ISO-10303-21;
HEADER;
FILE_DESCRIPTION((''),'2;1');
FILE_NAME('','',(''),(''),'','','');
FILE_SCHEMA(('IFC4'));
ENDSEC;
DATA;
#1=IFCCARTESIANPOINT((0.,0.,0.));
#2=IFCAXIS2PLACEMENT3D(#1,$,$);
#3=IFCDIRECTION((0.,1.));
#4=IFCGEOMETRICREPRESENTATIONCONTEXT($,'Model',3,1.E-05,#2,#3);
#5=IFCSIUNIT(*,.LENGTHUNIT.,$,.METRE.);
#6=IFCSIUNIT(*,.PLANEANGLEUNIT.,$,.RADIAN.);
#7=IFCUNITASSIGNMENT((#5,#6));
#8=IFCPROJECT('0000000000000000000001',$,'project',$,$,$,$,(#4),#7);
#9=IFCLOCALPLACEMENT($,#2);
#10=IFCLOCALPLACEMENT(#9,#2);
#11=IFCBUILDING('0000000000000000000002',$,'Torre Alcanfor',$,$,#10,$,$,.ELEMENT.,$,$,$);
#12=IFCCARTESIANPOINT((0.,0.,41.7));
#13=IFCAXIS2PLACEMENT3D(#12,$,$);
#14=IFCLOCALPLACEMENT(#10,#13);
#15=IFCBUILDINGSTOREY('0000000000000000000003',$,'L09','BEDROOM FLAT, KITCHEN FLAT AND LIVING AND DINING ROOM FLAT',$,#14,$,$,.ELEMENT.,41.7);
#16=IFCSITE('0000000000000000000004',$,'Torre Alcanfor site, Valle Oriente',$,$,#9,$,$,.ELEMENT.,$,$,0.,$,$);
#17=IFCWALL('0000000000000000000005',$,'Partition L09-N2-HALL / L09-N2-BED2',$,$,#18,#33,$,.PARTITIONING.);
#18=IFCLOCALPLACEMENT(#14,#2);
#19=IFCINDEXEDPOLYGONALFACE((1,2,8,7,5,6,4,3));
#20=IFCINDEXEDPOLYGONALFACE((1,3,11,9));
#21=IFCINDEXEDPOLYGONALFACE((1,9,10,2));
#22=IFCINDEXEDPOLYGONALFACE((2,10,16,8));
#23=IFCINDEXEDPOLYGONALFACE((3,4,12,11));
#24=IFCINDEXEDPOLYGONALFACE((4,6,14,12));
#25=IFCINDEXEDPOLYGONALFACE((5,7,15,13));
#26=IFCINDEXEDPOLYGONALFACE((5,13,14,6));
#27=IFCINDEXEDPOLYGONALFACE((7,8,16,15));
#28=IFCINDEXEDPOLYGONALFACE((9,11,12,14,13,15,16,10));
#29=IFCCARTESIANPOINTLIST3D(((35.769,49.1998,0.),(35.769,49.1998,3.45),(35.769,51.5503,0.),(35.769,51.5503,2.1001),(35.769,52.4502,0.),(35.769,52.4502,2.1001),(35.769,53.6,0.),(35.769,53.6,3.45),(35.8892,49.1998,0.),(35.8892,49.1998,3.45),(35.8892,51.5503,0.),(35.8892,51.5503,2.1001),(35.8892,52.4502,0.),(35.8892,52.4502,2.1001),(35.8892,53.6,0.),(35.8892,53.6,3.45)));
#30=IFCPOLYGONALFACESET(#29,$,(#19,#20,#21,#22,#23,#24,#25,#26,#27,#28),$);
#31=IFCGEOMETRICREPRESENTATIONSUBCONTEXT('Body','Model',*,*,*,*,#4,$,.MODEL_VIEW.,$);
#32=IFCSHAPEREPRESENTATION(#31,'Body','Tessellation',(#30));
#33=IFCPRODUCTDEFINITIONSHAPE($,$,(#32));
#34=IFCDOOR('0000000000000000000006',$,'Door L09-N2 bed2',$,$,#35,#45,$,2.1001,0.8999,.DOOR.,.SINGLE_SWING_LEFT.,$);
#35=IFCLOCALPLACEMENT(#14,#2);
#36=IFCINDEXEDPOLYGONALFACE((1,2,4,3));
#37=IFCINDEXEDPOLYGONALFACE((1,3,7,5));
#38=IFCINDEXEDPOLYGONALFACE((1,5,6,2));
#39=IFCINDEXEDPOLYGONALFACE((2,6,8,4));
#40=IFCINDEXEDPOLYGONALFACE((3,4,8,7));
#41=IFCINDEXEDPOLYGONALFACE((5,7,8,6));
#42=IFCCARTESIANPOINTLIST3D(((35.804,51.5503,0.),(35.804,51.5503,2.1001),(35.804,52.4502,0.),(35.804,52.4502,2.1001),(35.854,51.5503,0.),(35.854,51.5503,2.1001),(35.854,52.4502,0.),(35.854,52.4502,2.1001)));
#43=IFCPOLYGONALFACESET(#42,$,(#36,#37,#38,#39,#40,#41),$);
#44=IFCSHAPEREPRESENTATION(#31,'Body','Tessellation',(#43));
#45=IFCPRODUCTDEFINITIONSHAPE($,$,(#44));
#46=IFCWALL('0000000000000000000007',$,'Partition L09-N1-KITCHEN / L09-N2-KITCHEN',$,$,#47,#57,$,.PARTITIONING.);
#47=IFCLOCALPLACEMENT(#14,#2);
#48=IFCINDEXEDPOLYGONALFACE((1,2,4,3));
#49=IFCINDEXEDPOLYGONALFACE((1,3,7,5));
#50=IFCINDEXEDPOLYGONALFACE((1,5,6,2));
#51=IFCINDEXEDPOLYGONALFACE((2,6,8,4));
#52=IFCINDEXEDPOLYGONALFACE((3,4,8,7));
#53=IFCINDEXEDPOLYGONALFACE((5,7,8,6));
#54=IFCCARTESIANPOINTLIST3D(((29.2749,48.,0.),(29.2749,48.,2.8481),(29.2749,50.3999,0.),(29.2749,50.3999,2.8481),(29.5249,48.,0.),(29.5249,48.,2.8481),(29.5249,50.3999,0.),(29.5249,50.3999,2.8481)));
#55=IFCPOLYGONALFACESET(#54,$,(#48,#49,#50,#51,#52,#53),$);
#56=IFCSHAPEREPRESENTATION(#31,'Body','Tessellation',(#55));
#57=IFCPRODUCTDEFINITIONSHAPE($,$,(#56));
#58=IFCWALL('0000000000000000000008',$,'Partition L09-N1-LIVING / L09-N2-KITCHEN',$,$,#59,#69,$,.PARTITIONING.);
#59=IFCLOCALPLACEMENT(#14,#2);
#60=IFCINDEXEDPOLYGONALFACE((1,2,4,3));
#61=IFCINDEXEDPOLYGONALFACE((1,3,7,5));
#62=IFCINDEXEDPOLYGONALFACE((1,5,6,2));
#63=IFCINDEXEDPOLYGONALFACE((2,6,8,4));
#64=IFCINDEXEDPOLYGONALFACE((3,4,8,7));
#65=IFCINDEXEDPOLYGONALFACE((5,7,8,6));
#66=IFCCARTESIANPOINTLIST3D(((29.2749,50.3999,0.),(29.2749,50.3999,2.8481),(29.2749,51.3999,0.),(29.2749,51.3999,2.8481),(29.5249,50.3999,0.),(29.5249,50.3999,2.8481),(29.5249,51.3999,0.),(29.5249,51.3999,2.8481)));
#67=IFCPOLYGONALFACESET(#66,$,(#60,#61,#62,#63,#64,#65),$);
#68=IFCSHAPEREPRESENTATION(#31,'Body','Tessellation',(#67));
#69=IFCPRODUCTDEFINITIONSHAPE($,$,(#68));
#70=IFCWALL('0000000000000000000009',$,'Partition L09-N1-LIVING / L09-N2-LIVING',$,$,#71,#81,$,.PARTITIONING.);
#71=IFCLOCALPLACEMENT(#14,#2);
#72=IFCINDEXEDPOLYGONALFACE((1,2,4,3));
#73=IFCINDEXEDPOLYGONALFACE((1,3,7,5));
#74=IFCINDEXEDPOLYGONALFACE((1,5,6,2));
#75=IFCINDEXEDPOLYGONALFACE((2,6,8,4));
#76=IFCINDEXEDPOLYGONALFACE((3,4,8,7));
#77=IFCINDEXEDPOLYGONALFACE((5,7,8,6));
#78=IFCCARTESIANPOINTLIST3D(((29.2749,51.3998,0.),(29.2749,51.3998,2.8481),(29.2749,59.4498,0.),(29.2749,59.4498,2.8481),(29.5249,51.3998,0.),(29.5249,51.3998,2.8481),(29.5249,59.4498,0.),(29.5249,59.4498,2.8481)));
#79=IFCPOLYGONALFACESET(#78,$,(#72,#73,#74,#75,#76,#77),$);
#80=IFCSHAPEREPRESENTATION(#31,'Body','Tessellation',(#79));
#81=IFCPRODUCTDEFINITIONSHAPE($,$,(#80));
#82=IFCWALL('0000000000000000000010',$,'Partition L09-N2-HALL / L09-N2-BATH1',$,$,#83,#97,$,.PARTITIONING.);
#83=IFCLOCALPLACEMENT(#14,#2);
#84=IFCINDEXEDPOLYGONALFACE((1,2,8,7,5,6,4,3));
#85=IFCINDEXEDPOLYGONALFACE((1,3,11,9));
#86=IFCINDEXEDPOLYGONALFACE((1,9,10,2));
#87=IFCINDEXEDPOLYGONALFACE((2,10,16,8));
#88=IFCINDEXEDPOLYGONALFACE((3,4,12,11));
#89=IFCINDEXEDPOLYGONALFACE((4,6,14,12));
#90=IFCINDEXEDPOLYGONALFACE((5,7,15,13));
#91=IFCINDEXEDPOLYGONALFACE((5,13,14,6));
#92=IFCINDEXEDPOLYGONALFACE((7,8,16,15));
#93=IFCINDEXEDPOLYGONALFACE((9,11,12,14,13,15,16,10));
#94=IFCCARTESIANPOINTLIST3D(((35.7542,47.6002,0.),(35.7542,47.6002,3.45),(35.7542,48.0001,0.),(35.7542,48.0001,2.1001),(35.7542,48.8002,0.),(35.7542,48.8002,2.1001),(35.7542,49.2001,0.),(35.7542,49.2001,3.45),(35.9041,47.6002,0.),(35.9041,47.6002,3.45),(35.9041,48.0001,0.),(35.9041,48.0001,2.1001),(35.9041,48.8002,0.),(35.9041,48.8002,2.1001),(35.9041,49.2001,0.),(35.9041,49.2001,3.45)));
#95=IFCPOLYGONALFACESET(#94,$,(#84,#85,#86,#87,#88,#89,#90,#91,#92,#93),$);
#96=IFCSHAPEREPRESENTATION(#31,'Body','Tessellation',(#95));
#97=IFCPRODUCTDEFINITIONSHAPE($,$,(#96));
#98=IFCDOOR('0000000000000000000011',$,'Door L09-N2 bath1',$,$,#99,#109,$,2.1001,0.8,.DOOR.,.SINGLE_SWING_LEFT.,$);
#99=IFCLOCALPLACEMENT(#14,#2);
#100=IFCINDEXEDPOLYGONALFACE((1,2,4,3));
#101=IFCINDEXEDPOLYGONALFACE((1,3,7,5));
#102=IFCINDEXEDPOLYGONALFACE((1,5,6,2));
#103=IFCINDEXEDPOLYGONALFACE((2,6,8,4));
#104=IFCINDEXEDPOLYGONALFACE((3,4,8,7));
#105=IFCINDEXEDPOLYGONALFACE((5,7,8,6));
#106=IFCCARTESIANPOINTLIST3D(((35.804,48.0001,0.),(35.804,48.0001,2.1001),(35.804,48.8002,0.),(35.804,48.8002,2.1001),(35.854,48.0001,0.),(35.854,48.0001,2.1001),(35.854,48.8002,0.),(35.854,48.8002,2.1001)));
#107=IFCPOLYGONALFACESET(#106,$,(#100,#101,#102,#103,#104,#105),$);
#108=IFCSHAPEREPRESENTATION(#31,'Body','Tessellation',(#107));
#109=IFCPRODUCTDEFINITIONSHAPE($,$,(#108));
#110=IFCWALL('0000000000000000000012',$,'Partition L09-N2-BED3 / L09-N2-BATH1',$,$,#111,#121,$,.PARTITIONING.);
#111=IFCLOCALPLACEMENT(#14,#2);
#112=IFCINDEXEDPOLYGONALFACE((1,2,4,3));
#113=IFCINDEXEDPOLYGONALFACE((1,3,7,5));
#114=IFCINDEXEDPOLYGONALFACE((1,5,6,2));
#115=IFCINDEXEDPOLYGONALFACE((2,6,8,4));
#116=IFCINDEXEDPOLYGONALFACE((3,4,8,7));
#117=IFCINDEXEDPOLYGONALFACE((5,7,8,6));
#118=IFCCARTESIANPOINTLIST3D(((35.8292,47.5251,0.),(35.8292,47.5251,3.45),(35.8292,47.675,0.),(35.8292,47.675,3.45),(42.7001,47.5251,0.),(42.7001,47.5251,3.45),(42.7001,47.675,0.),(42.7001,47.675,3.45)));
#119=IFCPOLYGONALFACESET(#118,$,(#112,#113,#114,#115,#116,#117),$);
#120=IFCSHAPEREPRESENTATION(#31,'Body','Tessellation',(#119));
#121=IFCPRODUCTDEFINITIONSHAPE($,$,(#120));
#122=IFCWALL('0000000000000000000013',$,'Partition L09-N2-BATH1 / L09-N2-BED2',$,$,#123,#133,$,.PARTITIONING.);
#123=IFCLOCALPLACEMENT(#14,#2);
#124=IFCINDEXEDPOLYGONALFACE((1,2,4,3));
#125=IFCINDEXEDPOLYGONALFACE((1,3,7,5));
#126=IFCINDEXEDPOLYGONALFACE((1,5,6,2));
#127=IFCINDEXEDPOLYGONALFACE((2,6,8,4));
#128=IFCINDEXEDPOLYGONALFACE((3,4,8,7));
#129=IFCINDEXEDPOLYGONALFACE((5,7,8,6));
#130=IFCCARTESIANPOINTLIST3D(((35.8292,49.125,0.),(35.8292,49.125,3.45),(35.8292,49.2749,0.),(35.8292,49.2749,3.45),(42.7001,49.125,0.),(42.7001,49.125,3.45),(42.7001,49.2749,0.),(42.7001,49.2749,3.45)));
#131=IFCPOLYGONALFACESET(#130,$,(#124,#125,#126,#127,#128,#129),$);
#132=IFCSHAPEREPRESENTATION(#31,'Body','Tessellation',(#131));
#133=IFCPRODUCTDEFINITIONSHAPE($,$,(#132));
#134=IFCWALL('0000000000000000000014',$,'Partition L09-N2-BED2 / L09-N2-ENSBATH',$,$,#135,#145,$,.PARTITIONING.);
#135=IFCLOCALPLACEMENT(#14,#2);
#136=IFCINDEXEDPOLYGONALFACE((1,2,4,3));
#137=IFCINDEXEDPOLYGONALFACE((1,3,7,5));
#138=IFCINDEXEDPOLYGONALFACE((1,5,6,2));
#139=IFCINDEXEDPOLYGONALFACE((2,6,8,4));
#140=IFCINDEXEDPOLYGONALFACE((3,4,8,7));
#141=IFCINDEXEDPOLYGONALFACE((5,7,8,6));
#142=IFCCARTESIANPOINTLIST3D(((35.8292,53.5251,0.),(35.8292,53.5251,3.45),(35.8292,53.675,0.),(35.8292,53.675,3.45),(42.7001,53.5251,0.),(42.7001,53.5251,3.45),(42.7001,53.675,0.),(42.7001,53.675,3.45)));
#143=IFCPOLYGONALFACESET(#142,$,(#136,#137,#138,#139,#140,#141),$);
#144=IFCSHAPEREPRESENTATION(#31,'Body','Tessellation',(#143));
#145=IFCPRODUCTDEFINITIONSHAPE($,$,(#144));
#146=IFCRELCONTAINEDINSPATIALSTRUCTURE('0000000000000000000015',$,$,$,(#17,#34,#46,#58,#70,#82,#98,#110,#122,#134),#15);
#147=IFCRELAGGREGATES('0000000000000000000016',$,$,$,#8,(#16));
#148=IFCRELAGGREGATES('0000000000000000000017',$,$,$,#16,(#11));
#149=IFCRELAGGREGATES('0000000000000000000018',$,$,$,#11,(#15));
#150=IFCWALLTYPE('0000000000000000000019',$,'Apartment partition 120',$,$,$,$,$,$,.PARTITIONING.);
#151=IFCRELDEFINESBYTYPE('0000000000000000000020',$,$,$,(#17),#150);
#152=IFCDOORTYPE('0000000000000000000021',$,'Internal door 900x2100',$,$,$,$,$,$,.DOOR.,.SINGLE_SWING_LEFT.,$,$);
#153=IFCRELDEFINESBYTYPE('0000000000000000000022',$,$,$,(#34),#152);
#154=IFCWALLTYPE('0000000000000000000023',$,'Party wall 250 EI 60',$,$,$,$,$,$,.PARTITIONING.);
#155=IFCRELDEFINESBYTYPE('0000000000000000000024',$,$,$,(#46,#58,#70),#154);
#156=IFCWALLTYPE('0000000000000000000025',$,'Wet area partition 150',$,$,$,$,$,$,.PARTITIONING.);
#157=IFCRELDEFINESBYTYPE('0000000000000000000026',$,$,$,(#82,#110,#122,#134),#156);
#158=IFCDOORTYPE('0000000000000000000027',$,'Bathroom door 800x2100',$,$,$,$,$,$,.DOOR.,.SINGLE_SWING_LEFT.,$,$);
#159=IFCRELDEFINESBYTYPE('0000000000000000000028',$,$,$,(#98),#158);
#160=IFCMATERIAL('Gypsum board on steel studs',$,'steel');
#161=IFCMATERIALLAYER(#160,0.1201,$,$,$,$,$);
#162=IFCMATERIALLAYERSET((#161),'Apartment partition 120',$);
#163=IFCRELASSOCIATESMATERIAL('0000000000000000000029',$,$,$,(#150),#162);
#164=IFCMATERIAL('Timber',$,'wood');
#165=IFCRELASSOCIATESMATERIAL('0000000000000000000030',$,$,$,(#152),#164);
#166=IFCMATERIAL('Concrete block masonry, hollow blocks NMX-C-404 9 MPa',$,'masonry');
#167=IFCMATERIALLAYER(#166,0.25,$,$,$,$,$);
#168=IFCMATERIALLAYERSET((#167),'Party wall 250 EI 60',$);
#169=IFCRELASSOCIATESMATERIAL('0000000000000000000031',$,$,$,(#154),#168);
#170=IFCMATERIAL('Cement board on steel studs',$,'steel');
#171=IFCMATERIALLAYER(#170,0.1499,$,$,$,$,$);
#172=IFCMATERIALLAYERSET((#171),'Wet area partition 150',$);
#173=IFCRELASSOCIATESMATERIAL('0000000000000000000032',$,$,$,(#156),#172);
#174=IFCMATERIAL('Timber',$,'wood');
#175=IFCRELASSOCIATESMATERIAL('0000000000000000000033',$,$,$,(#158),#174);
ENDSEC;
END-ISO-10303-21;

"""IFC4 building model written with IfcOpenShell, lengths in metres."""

from ifc_helpers import new_model, si_unit, direction, frame, frame_2d, origin, place, context, subcontext, project, spatial, rectangle, extrude, material, layer, layer_set, type_object, element, fill, save


model = new_model("IFC4")

# Units and contexts
model_context = context("Model", 3, precision=1e-05, world=origin(), true_north=direction((0.0, 1.0)))
body_context = subcontext(model_context, "Body", "Model", "MODEL_VIEW")
ifc_project = project(units=[si_unit("LENGTHUNIT", "METRE"), si_unit("PLANEANGLEUNIT", "RADIAN")], contexts=[model_context])

# Site, building, storey
site_placement = place(None, origin())
site = spatial("IfcSite", under=ifc_project, at=site_placement, Name="Torre Alcanfor site, Valle Oriente", CompositionType="ELEMENT", RefElevation=0.0)
building_placement = place(site_placement, origin())
building = spatial("IfcBuilding", under=site, at=building_placement, Name="Torre Alcanfor", CompositionType="ELEMENT")
storey_placement = place(building_placement, frame((0.0, 0.0, 41.7)))
storey = spatial("IfcBuildingStorey", under=building, at=storey_placement, Name="L09", Description="BEDROOM FLAT, KITCHEN FLAT AND LIVING AND DINING ROOM FLAT", CompositionType="ELEMENT", Elevation=41.7)

# Shared definitions
ifc_material_1 = material(Name="Gypsum board on steel studs", Category="steel")
ifc_layer_1 = layer(ifc_material_1, 0.1201)
ifc_layer_set_1 = layer_set([ifc_layer_1], Name="Apartment partition 120")
wall_type_1 = type_object("IfcWallType", Name="Apartment partition 120", PredefinedType="PARTITIONING", material=ifc_layer_set_1)
ifc_material_2 = material(Name="Timber", Category="wood")
door_type_1 = type_object("IfcDoorType", Name="Internal door 900x2100", OperationType="SINGLE_SWING_LEFT", PredefinedType="DOOR", material=ifc_material_2)

# Wall, opening, door
wall_1_placement = place(storey_placement, frame((35.8291, 53.6001, 0.0), z_axis=(0.0, 0.0, 1.0), x_axis=(0.0, -1.0, 0.0)))
wall_1 = element("IfcWall", 1, at=wall_1_placement, inside=storey, type_object=wall_type_1, Name="Partition L09-N2-HALL / L09-N2-BED2", PredefinedType="PARTITIONING", context=body_context, shape_type="SweptSolid", body=[
    extrude(rectangle(XDim=4.4001, YDim=0.1201, at=frame_2d((2.2002, 0.0))), origin(), (0.0, 0.0, 1.0), 3.45),
])
opening_1_placement = place(wall_1_placement, frame((1.1499, 0.0, 0.0)))
opening_1 = element("IfcOpeningElement", 2, at=opening_1_placement, cuts=wall_1, PredefinedType="OPENING", context=body_context, shape_type="SweptSolid", body=[
    extrude(rectangle(XDim=0.8999, YDim=2.1001, at=frame_2d((0.45, 1.05))), frame((0.0, 0.0701, 0.0), z_axis=(0.0, -1.0, 0.0), x_axis=(1.0, 0.0, 0.0)), (0.0, 0.0, 1.0), 0.1401),
])
door_1_placement = place(opening_1_placement, origin())
door_1 = element("IfcDoor", 3, at=door_1_placement, inside=storey, type_object=door_type_1, Name="Door L09-N2 bed2", OperationType="SINGLE_SWING_LEFT", OverallHeight=2.1001, OverallWidth=0.8999, PredefinedType="DOOR", context=body_context, shape_type="SweptSolid", body=[
    extrude(rectangle(XDim=0.8999, YDim=2.1001, at=frame_2d((0.45, 1.05))), frame((0.0, 0.0249, 0.0), z_axis=(0.0, -1.0, 0.0), x_axis=(1.0, 0.0, 0.0)), (0.0, 0.0, 1.0), 0.05),
])
fill(opening_1, door_1)

# Walls
ifc_material_3 = material(Name="Concrete block masonry, hollow blocks NMX-C-404 9 MPa", Category="masonry")
ifc_layer_2 = layer(ifc_material_3, 0.25)
ifc_layer_set_2 = layer_set([ifc_layer_2], Name="Party wall 250 EI 60")
wall_type_2 = type_object("IfcWallType", Name="Party wall 250 EI 60", PredefinedType="PARTITIONING", material=ifc_layer_set_2)
wall_2_placement = place(storey_placement, frame((29.3999, 48.0, 0.0), z_axis=(0.0, 0.0, 1.0), x_axis=(0.0, 1.0, 0.0)))
element("IfcWall", 4, at=wall_2_placement, inside=storey, type_object=wall_type_2, Name="Partition L09-N1-KITCHEN / L09-N2-KITCHEN", PredefinedType="PARTITIONING", context=body_context, shape_type="SweptSolid", body=[
    extrude(rectangle(XDim=2.3999, YDim=0.25, at=frame_2d((1.2, 0.0))), origin(), (0.0, 0.0, 1.0), 2.8481),
])
wall_3_placement = place(storey_placement, frame((29.3999, 50.3999, 0.0), z_axis=(0.0, 0.0, 1.0), x_axis=(0.0, 1.0, 0.0)))
element("IfcWall", 5, at=wall_3_placement, inside=storey, type_object=wall_type_2, Name="Partition L09-N1-LIVING / L09-N2-KITCHEN", PredefinedType="PARTITIONING", context=body_context, shape_type="SweptSolid", body=[
    extrude(rectangle(XDim=1.0, YDim=0.25, at=frame_2d((0.5, 0.0))), origin(), (0.0, 0.0, 1.0), 2.8481),
])
wall_4_placement = place(storey_placement, frame((29.3999, 51.3999, 0.0), z_axis=(0.0, 0.0, 1.0), x_axis=(0.0, 1.0, 0.0)))
element("IfcWall", 6, at=wall_4_placement, inside=storey, type_object=wall_type_2, Name="Partition L09-N1-LIVING / L09-N2-LIVING", PredefinedType="PARTITIONING", context=body_context, shape_type="SweptSolid", body=[
    extrude(rectangle(XDim=8.05, YDim=0.25, at=frame_2d((4.0249, 0.0))), origin(), (0.0, 0.0, 1.0), 2.8481),
])

# Wall, opening, door
ifc_material_4 = material(Name="Cement board on steel studs", Category="steel")
ifc_layer_3 = layer(ifc_material_4, 0.1499)
ifc_layer_set_3 = layer_set([ifc_layer_3], Name="Wet area partition 150")
wall_type_3 = type_object("IfcWallType", Name="Wet area partition 150", PredefinedType="PARTITIONING", material=ifc_layer_set_3)
wall_5_placement = place(storey_placement, frame((35.8291, 49.2, 0.0), z_axis=(0.0, 0.0, 1.0), x_axis=(0.0, -1.0, 0.0)))
wall_5 = element("IfcWall", 7, at=wall_5_placement, inside=storey, type_object=wall_type_3, Name="Partition L09-N2-HALL / L09-N2-BATH1", PredefinedType="PARTITIONING", context=body_context, shape_type="SweptSolid", body=[
    extrude(rectangle(XDim=1.5999, YDim=0.1499, at=frame_2d((0.7998, 0.0))), origin(), (0.0, 0.0, 1.0), 3.45),
])
opening_2_placement = place(wall_5_placement, frame((0.3999, 0.0, 0.0)))
opening_2 = element("IfcOpeningElement", 8, at=opening_2_placement, cuts=wall_5, PredefinedType="OPENING", context=body_context, shape_type="SweptSolid", body=[
    extrude(rectangle(XDim=0.8, YDim=2.1001, at=frame_2d((0.3999, 1.05))), frame((0.0, 0.085, 0.0), z_axis=(0.0, -1.0, 0.0), x_axis=(1.0, 0.0, 0.0)), (0.0, 0.0, 1.0), 0.1699),
])
ifc_material_5 = material(Name="Timber", Category="wood")
door_type_2 = type_object("IfcDoorType", Name="Bathroom door 800x2100", OperationType="SINGLE_SWING_LEFT", PredefinedType="DOOR", material=ifc_material_5)
door_2_placement = place(opening_2_placement, origin())
door_2 = element("IfcDoor", 9, at=door_2_placement, inside=storey, type_object=door_type_2, Name="Door L09-N2 bath1", OperationType="SINGLE_SWING_LEFT", OverallHeight=2.1001, OverallWidth=0.8, PredefinedType="DOOR", context=body_context, shape_type="SweptSolid", body=[
    extrude(rectangle(XDim=0.8, YDim=2.1001, at=frame_2d((0.3999, 1.05))), frame((0.0, 0.0249, 0.0), z_axis=(0.0, -1.0, 0.0), x_axis=(1.0, 0.0, 0.0)), (0.0, 0.0, 1.0), 0.05),
])
fill(opening_2, door_2)

# Walls
for number, where, z_axis, x_axis, name in (
    (10, (35.8291, 47.6001, 0.0), (0.0, 0.0, 1.0), (1.0, 0.0, 0.0), "Partition L09-N2-BED3 / L09-N2-BATH1"),
    (11, (35.8291, 49.2, 0.0), (0.0, 0.0, 1.0), (1.0, 0.0, 0.0), "Partition L09-N2-BATH1 / L09-N2-BED2"),
    (12, (35.8291, 53.6001, 0.0), (0.0, 0.0, 1.0), (1.0, 0.0, 0.0), "Partition L09-N2-BED2 / L09-N2-ENSBATH"),
):
    element("IfcWall", number, at=place(storey_placement, frame(where, z_axis=z_axis, x_axis=x_axis)), inside=storey, type_object=wall_type_3, Name=name, PredefinedType="PARTITIONING", context=body_context, shape_type="SweptSolid", body=[
        extrude(rectangle(XDim=6.8708, YDim=0.1499, at=frame_2d((3.4355, 0.0))), origin(), (0.0, 0.0, 1.0), 3.45),
    ])

save(model, "model.ifc")
